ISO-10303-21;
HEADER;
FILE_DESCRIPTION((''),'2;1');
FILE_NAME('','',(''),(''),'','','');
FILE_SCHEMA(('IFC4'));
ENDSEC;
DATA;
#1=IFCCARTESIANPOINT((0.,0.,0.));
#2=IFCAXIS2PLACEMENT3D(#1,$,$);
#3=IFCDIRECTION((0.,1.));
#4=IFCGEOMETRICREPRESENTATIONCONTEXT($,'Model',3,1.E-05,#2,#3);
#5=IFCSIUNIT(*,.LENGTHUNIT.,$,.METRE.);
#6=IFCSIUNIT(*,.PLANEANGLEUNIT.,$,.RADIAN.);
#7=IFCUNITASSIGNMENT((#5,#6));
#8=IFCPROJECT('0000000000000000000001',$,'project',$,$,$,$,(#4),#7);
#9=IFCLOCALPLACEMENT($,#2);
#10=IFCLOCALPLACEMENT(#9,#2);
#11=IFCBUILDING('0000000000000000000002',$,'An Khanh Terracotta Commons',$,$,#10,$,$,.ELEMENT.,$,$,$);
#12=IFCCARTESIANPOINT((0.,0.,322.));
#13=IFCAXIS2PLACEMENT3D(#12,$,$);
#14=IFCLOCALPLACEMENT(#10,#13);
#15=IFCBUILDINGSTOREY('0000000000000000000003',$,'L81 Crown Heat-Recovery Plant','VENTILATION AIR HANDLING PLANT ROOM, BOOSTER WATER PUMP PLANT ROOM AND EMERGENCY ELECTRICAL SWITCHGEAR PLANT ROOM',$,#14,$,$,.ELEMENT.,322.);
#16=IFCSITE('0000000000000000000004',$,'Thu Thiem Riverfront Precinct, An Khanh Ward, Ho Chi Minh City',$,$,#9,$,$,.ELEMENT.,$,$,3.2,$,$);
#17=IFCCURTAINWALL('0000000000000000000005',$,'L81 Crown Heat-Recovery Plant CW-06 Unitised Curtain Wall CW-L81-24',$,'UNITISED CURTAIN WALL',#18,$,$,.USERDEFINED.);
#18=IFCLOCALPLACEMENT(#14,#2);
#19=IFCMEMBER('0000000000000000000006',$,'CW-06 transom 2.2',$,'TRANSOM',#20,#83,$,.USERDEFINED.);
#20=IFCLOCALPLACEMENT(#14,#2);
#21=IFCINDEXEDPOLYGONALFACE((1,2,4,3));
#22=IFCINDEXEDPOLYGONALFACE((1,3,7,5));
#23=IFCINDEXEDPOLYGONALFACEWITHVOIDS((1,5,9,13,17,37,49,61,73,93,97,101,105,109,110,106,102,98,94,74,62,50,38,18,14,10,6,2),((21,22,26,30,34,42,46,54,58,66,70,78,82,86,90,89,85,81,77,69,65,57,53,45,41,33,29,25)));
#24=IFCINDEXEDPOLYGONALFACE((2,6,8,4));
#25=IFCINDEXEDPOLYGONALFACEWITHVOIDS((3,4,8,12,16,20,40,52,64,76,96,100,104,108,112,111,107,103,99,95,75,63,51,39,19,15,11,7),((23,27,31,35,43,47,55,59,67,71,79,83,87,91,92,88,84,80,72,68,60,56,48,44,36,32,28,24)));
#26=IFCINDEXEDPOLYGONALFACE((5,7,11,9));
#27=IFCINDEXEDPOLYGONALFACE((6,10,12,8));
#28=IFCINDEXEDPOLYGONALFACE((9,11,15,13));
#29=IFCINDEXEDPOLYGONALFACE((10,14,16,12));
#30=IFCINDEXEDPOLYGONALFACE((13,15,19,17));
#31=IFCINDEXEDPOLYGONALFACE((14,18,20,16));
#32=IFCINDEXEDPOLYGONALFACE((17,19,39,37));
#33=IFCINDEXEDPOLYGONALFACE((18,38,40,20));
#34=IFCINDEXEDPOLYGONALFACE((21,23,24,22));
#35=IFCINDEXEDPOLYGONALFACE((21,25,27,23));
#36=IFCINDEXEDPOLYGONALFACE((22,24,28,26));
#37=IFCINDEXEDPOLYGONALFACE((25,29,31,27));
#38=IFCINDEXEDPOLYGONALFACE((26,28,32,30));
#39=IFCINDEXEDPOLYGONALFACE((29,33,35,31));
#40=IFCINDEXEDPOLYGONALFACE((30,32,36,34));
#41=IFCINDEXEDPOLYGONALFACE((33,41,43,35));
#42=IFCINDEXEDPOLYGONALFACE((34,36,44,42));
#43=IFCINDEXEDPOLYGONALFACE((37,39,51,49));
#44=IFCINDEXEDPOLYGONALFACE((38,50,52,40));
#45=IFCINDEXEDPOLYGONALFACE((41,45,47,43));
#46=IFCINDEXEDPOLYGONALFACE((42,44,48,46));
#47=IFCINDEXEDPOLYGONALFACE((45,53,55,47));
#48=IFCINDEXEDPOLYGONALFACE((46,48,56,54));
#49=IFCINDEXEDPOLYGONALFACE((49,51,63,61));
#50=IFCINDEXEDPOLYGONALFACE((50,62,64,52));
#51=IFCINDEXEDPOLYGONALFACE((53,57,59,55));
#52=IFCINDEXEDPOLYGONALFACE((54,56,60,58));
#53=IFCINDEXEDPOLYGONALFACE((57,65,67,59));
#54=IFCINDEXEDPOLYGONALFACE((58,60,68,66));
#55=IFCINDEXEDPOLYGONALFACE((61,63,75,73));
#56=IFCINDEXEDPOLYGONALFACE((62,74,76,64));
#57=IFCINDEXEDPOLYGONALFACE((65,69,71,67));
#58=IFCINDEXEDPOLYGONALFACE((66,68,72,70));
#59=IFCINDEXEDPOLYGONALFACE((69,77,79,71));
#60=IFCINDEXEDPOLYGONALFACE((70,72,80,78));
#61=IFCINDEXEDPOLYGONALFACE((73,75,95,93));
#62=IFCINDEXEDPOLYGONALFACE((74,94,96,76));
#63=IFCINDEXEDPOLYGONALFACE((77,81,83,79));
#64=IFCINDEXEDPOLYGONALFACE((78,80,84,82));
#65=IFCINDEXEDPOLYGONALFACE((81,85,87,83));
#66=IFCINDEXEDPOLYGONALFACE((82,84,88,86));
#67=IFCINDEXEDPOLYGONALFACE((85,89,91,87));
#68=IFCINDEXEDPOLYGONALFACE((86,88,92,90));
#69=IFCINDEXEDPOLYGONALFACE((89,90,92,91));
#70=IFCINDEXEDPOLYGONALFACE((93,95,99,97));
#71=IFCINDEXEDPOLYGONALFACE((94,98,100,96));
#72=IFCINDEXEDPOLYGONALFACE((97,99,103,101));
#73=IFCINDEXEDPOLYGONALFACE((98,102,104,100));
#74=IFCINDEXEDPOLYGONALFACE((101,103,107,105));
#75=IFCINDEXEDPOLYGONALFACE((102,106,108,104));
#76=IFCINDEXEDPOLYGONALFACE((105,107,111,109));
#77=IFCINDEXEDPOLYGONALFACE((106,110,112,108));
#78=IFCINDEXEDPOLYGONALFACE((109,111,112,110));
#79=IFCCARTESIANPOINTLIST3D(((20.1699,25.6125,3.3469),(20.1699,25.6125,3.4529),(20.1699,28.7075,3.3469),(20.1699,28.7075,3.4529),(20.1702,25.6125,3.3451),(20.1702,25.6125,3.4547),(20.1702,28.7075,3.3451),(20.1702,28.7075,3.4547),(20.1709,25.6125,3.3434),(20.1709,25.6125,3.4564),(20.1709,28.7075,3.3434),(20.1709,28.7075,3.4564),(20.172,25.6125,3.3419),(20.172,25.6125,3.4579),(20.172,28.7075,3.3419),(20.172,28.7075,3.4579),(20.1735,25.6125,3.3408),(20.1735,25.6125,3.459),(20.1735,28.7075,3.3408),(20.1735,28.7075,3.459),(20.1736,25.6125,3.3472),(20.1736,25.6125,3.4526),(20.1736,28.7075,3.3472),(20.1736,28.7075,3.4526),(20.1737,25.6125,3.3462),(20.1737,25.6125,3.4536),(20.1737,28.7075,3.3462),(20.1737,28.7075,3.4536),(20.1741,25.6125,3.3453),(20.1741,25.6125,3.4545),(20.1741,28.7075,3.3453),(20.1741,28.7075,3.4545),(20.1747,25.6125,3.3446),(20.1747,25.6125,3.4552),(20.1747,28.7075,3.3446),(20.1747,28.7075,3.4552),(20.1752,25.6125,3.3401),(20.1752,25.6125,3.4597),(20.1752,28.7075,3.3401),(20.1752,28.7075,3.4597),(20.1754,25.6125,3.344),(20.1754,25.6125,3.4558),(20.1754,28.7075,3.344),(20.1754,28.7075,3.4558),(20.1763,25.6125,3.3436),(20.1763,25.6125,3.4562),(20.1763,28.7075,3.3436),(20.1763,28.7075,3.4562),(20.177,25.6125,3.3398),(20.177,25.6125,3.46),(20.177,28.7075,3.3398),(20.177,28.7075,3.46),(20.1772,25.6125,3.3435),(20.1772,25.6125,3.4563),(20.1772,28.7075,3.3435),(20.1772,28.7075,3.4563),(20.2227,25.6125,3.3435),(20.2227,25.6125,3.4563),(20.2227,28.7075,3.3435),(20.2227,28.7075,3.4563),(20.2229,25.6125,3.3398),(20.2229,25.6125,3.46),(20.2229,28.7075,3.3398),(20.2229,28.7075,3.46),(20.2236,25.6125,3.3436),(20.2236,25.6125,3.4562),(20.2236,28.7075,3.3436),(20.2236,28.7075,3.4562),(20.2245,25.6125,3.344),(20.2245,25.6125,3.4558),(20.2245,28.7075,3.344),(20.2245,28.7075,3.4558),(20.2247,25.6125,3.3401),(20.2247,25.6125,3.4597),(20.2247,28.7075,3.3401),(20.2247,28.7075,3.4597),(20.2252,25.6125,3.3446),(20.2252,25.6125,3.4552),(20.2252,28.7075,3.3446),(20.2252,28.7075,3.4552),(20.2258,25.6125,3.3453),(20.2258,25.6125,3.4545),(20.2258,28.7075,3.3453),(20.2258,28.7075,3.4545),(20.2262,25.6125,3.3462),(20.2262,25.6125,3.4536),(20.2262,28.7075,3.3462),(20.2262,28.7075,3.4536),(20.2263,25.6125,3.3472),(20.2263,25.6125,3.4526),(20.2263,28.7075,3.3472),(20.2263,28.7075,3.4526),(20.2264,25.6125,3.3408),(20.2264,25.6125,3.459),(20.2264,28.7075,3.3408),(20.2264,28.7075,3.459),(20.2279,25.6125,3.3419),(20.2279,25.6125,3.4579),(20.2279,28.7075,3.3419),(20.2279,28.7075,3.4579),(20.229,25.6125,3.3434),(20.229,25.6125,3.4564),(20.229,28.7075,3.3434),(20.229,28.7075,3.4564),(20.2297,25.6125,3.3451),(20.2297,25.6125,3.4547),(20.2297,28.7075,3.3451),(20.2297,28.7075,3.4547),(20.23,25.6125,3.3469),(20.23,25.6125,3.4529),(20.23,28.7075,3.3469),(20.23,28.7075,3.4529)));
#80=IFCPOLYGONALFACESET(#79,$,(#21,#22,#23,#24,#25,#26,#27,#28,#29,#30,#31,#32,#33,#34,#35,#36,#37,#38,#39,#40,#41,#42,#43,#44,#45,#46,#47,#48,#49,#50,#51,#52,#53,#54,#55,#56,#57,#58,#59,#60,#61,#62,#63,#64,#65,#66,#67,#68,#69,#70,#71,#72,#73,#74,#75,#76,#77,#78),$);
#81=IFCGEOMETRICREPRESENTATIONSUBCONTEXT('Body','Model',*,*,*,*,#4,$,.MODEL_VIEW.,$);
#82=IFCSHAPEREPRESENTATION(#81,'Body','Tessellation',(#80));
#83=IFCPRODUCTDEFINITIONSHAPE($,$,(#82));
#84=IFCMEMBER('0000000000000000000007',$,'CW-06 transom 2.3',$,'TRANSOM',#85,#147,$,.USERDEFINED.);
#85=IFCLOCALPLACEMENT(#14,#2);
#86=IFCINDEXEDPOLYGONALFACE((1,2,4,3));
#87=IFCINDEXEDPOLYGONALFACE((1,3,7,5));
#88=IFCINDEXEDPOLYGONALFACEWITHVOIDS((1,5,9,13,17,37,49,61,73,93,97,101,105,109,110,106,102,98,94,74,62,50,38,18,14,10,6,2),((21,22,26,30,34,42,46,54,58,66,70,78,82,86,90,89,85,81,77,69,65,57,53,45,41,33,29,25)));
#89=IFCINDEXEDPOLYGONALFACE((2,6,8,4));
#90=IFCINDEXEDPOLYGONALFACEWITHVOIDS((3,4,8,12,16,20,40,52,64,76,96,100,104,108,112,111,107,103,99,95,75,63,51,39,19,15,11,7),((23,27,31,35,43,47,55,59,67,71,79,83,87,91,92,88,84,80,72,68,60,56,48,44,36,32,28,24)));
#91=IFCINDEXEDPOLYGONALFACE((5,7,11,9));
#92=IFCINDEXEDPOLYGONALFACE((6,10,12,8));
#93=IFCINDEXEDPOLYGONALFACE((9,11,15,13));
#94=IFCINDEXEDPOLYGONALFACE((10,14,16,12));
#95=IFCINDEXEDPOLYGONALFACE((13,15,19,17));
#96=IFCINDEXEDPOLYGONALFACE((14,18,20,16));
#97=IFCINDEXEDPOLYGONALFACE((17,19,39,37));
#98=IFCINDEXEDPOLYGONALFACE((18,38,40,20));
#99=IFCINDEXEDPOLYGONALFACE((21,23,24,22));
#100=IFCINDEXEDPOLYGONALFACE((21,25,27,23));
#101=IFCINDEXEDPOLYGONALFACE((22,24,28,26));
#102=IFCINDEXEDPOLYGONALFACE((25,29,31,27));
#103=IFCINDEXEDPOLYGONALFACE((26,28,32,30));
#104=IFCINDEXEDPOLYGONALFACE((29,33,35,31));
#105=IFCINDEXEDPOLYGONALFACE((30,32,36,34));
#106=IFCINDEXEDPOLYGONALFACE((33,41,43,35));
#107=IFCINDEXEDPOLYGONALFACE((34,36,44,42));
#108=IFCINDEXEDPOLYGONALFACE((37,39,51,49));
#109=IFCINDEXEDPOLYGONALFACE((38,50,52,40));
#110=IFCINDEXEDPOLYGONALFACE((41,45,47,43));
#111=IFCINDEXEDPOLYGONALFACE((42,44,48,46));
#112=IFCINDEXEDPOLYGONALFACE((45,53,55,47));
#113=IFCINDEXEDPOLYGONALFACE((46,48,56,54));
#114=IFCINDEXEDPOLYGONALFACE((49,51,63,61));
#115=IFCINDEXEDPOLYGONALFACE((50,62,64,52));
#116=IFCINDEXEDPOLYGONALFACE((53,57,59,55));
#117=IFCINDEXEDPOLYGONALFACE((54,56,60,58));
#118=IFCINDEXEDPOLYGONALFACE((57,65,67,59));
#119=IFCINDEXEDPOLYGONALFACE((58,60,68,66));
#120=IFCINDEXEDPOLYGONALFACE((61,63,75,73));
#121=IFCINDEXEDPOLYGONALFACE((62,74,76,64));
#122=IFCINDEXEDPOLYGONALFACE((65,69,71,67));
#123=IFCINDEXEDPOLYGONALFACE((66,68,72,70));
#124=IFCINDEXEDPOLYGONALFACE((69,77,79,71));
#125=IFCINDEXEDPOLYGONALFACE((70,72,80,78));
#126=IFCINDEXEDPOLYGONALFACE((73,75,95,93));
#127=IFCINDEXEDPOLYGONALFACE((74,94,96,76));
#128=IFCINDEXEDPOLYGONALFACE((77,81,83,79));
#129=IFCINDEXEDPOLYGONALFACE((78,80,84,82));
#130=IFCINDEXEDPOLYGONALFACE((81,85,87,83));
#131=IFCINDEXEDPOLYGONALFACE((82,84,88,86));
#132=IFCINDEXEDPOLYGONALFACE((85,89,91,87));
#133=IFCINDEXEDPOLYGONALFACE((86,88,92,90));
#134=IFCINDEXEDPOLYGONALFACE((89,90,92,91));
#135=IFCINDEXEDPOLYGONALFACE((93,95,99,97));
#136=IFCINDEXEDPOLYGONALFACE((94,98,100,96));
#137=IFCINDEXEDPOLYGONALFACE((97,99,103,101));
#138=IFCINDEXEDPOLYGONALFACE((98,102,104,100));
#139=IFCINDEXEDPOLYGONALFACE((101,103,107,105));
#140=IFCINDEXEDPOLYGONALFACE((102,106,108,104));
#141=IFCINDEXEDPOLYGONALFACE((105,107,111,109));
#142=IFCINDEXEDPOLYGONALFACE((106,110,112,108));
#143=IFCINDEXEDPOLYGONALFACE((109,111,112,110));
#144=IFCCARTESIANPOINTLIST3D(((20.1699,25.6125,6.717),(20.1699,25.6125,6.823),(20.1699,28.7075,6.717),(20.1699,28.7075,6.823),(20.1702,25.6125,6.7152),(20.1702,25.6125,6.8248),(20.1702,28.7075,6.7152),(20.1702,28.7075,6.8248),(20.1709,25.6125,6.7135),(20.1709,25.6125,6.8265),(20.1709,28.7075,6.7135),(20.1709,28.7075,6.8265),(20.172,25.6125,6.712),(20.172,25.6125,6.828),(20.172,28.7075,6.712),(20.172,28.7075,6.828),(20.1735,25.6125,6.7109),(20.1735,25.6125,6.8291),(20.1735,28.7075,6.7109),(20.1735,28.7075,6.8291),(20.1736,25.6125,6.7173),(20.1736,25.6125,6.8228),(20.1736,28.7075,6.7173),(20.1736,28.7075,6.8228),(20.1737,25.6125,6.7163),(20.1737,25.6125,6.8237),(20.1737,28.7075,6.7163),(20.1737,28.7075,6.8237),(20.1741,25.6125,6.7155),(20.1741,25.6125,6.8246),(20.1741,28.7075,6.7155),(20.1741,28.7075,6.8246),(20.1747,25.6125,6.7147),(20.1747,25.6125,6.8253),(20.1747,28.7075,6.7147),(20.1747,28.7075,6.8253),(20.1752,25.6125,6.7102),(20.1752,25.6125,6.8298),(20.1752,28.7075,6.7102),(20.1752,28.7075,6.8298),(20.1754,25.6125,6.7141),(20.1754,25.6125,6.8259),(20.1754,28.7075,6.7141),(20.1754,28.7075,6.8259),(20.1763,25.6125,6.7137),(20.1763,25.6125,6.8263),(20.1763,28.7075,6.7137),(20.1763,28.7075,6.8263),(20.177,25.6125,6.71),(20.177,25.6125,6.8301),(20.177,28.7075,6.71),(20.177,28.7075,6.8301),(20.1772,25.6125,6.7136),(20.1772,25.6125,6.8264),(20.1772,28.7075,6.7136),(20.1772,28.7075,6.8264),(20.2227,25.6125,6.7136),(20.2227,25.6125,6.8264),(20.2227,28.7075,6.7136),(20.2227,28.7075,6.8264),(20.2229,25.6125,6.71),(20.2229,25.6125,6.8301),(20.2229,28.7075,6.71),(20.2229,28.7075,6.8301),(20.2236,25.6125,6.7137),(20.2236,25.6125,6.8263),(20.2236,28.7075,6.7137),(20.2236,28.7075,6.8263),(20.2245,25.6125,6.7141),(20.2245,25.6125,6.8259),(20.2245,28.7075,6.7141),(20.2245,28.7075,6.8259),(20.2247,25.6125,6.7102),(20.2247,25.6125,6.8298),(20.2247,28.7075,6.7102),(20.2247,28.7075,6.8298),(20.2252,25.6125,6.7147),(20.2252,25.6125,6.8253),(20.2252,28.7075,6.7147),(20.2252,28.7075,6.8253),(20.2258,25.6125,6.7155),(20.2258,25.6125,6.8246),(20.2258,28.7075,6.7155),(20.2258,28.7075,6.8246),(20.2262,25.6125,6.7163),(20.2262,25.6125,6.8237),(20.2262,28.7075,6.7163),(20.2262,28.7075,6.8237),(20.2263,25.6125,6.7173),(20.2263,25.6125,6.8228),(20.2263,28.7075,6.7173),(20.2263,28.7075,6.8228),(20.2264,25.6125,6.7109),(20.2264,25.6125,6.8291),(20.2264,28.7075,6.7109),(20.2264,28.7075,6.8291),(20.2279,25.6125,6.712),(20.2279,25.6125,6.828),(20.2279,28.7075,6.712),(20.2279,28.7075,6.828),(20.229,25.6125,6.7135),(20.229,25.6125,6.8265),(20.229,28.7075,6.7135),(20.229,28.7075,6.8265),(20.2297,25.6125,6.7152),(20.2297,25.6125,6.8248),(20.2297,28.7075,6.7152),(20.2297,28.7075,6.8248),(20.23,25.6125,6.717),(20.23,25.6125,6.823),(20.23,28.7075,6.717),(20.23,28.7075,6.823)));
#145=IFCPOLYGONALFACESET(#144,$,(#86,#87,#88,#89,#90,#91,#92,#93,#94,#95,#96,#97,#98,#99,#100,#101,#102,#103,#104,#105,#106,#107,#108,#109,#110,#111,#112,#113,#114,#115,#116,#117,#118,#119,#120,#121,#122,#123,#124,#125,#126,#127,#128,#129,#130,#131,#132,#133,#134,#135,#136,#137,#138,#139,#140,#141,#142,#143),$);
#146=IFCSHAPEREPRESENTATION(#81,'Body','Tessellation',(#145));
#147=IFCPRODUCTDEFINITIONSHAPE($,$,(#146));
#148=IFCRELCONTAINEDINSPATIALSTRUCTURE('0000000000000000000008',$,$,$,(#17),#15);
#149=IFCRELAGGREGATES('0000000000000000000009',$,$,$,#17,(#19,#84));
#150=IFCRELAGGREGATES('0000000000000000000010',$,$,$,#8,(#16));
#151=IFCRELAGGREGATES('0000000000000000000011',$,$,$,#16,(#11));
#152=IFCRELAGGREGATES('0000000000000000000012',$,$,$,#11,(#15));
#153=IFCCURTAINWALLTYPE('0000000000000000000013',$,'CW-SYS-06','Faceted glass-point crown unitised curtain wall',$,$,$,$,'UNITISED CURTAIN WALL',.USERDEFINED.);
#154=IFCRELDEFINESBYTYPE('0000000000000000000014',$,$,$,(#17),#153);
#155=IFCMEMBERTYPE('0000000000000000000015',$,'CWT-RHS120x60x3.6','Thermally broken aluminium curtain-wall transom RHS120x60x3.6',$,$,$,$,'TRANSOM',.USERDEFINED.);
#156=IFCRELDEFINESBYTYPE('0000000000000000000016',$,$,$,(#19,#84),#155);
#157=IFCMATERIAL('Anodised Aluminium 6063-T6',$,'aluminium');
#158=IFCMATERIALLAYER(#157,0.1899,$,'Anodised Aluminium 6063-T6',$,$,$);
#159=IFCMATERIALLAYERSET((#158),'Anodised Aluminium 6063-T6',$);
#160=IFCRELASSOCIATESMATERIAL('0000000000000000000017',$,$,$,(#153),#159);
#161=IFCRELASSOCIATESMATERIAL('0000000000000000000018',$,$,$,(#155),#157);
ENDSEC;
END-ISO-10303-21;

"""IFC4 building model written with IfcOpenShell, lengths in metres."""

from ifc_helpers import new_model, si_unit, direction, frame, origin, origin_2d, place, context, subcontext, project, spatial, hollow_rectangle, extrude, material, layer, layer_set, material_profile, profile_set, type_object, element, aggregate, save


model = new_model("IFC4")

# Units and contexts
model_context = context("Model", 3, precision=1e-05, world=origin(), true_north=direction((0.0, 1.0)))
body_context = subcontext(model_context, "Body", "Model", "MODEL_VIEW")
ifc_project = project(units=[si_unit("LENGTHUNIT", "METRE"), si_unit("PLANEANGLEUNIT", "RADIAN")], contexts=[model_context])

# Site, building, storey
site_placement = place(None, origin())
site = spatial("IfcSite", under=ifc_project, at=site_placement, Name="Thu Thiem Riverfront Precinct, An Khanh Ward, Ho Chi Minh City", CompositionType="ELEMENT", RefElevation=3.2)
building_placement = place(site_placement, origin())
building = spatial("IfcBuilding", under=site, at=building_placement, Name="An Khanh Terracotta Commons", CompositionType="ELEMENT")
storey_placement = place(building_placement, frame((0.0, 0.0, 322.0)))
storey = spatial("IfcBuildingStorey", under=building, at=storey_placement, Name="L81 Crown Heat-Recovery Plant", Description="VENTILATION AIR HANDLING PLANT ROOM, BOOSTER WATER PUMP PLANT ROOM AND EMERGENCY ELECTRICAL SWITCHGEAR PLANT ROOM", CompositionType="ELEMENT", Elevation=322.0)

# Shared definitions
ifc_material_1 = material(Name="Anodised Aluminium 6063-T6", Category="aluminium")
ifc_layer_1 = layer(ifc_material_1, 0.1899, Name="Anodised Aluminium 6063-T6")
ifc_layer_set_1 = layer_set([ifc_layer_1], Name="Anodised Aluminium 6063-T6")
curtain_wall_type = type_object("IfcCurtainWallType", Name="CW-SYS-06", Description="Faceted glass-point crown unitised curtain wall", ElementType="UNITISED CURTAIN WALL", PredefinedType="USERDEFINED", material=ifc_layer_set_1)

# Curtain wall, members
curtain_wall_1_placement = place(storey_placement, origin())
curtain_wall_1 = element("IfcCurtainWall", 1, at=curtain_wall_1_placement, inside=storey, type_object=curtain_wall_type, Name="L81 Crown Heat-Recovery Plant CW-06 Unitised Curtain Wall CW-L81-24", ObjectType="UNITISED CURTAIN WALL", PredefinedType="USERDEFINED")
ifc_material_profile_1 = material_profile(ifc_material_1, hollow_rectangle(XDim=0.0601, YDim=0.1201, WallThickness=0.0037, InnerFilletRadius=0.0037, OuterFilletRadius=0.0071, at=origin_2d()), Name="RHS120x60x3.6")
ifc_profile_set_1 = profile_set([ifc_material_profile_1], Name="Anodised Aluminium 6063-T6")
member_type_1 = type_object("IfcMemberType", Name="CWT-RHS120x60x3.6", Description="Thermally broken aluminium curtain-wall transom RHS120x60x3.6", ElementType="TRANSOM", PredefinedType="USERDEFINED", material=ifc_profile_set_1)
member_1_placement = place(storey_placement, frame((20.2, 28.7075, 3.3999), z_axis=(0.0, -1.0, 0.0), x_axis=(1.0, 0.0, 0.0)))
member_1 = element("IfcMember", 2, at=member_1_placement, type_object=member_type_1, Name="CW-06 transom 2.2", ObjectType="TRANSOM", PredefinedType="USERDEFINED", context=body_context, shape_type="SweptSolid", body=[
    extrude(hollow_rectangle(XDim=0.0601, YDim=0.1201, WallThickness=0.0037, InnerFilletRadius=0.0037, OuterFilletRadius=0.0071, at=origin_2d()), origin(), (0.0, 0.0, 1.0), 3.095),
])
member_2_placement = place(storey_placement, frame((20.2, 28.7075, 6.77), z_axis=(0.0, -1.0, 0.0), x_axis=(1.0, 0.0, 0.0)))
member_2 = element("IfcMember", 3, at=member_2_placement, type_object=member_type_1, Name="CW-06 transom 2.3", ObjectType="TRANSOM", PredefinedType="USERDEFINED", context=body_context, shape_type="SweptSolid", body=[
    extrude(hollow_rectangle(XDim=0.0601, YDim=0.1201, WallThickness=0.0037, InnerFilletRadius=0.0037, OuterFilletRadius=0.0071, at=origin_2d()), origin(), (0.0, 0.0, 1.0), 3.095),
])

aggregate(curtain_wall_1, [member_1, member_2])

save(model, "model.ifc")
